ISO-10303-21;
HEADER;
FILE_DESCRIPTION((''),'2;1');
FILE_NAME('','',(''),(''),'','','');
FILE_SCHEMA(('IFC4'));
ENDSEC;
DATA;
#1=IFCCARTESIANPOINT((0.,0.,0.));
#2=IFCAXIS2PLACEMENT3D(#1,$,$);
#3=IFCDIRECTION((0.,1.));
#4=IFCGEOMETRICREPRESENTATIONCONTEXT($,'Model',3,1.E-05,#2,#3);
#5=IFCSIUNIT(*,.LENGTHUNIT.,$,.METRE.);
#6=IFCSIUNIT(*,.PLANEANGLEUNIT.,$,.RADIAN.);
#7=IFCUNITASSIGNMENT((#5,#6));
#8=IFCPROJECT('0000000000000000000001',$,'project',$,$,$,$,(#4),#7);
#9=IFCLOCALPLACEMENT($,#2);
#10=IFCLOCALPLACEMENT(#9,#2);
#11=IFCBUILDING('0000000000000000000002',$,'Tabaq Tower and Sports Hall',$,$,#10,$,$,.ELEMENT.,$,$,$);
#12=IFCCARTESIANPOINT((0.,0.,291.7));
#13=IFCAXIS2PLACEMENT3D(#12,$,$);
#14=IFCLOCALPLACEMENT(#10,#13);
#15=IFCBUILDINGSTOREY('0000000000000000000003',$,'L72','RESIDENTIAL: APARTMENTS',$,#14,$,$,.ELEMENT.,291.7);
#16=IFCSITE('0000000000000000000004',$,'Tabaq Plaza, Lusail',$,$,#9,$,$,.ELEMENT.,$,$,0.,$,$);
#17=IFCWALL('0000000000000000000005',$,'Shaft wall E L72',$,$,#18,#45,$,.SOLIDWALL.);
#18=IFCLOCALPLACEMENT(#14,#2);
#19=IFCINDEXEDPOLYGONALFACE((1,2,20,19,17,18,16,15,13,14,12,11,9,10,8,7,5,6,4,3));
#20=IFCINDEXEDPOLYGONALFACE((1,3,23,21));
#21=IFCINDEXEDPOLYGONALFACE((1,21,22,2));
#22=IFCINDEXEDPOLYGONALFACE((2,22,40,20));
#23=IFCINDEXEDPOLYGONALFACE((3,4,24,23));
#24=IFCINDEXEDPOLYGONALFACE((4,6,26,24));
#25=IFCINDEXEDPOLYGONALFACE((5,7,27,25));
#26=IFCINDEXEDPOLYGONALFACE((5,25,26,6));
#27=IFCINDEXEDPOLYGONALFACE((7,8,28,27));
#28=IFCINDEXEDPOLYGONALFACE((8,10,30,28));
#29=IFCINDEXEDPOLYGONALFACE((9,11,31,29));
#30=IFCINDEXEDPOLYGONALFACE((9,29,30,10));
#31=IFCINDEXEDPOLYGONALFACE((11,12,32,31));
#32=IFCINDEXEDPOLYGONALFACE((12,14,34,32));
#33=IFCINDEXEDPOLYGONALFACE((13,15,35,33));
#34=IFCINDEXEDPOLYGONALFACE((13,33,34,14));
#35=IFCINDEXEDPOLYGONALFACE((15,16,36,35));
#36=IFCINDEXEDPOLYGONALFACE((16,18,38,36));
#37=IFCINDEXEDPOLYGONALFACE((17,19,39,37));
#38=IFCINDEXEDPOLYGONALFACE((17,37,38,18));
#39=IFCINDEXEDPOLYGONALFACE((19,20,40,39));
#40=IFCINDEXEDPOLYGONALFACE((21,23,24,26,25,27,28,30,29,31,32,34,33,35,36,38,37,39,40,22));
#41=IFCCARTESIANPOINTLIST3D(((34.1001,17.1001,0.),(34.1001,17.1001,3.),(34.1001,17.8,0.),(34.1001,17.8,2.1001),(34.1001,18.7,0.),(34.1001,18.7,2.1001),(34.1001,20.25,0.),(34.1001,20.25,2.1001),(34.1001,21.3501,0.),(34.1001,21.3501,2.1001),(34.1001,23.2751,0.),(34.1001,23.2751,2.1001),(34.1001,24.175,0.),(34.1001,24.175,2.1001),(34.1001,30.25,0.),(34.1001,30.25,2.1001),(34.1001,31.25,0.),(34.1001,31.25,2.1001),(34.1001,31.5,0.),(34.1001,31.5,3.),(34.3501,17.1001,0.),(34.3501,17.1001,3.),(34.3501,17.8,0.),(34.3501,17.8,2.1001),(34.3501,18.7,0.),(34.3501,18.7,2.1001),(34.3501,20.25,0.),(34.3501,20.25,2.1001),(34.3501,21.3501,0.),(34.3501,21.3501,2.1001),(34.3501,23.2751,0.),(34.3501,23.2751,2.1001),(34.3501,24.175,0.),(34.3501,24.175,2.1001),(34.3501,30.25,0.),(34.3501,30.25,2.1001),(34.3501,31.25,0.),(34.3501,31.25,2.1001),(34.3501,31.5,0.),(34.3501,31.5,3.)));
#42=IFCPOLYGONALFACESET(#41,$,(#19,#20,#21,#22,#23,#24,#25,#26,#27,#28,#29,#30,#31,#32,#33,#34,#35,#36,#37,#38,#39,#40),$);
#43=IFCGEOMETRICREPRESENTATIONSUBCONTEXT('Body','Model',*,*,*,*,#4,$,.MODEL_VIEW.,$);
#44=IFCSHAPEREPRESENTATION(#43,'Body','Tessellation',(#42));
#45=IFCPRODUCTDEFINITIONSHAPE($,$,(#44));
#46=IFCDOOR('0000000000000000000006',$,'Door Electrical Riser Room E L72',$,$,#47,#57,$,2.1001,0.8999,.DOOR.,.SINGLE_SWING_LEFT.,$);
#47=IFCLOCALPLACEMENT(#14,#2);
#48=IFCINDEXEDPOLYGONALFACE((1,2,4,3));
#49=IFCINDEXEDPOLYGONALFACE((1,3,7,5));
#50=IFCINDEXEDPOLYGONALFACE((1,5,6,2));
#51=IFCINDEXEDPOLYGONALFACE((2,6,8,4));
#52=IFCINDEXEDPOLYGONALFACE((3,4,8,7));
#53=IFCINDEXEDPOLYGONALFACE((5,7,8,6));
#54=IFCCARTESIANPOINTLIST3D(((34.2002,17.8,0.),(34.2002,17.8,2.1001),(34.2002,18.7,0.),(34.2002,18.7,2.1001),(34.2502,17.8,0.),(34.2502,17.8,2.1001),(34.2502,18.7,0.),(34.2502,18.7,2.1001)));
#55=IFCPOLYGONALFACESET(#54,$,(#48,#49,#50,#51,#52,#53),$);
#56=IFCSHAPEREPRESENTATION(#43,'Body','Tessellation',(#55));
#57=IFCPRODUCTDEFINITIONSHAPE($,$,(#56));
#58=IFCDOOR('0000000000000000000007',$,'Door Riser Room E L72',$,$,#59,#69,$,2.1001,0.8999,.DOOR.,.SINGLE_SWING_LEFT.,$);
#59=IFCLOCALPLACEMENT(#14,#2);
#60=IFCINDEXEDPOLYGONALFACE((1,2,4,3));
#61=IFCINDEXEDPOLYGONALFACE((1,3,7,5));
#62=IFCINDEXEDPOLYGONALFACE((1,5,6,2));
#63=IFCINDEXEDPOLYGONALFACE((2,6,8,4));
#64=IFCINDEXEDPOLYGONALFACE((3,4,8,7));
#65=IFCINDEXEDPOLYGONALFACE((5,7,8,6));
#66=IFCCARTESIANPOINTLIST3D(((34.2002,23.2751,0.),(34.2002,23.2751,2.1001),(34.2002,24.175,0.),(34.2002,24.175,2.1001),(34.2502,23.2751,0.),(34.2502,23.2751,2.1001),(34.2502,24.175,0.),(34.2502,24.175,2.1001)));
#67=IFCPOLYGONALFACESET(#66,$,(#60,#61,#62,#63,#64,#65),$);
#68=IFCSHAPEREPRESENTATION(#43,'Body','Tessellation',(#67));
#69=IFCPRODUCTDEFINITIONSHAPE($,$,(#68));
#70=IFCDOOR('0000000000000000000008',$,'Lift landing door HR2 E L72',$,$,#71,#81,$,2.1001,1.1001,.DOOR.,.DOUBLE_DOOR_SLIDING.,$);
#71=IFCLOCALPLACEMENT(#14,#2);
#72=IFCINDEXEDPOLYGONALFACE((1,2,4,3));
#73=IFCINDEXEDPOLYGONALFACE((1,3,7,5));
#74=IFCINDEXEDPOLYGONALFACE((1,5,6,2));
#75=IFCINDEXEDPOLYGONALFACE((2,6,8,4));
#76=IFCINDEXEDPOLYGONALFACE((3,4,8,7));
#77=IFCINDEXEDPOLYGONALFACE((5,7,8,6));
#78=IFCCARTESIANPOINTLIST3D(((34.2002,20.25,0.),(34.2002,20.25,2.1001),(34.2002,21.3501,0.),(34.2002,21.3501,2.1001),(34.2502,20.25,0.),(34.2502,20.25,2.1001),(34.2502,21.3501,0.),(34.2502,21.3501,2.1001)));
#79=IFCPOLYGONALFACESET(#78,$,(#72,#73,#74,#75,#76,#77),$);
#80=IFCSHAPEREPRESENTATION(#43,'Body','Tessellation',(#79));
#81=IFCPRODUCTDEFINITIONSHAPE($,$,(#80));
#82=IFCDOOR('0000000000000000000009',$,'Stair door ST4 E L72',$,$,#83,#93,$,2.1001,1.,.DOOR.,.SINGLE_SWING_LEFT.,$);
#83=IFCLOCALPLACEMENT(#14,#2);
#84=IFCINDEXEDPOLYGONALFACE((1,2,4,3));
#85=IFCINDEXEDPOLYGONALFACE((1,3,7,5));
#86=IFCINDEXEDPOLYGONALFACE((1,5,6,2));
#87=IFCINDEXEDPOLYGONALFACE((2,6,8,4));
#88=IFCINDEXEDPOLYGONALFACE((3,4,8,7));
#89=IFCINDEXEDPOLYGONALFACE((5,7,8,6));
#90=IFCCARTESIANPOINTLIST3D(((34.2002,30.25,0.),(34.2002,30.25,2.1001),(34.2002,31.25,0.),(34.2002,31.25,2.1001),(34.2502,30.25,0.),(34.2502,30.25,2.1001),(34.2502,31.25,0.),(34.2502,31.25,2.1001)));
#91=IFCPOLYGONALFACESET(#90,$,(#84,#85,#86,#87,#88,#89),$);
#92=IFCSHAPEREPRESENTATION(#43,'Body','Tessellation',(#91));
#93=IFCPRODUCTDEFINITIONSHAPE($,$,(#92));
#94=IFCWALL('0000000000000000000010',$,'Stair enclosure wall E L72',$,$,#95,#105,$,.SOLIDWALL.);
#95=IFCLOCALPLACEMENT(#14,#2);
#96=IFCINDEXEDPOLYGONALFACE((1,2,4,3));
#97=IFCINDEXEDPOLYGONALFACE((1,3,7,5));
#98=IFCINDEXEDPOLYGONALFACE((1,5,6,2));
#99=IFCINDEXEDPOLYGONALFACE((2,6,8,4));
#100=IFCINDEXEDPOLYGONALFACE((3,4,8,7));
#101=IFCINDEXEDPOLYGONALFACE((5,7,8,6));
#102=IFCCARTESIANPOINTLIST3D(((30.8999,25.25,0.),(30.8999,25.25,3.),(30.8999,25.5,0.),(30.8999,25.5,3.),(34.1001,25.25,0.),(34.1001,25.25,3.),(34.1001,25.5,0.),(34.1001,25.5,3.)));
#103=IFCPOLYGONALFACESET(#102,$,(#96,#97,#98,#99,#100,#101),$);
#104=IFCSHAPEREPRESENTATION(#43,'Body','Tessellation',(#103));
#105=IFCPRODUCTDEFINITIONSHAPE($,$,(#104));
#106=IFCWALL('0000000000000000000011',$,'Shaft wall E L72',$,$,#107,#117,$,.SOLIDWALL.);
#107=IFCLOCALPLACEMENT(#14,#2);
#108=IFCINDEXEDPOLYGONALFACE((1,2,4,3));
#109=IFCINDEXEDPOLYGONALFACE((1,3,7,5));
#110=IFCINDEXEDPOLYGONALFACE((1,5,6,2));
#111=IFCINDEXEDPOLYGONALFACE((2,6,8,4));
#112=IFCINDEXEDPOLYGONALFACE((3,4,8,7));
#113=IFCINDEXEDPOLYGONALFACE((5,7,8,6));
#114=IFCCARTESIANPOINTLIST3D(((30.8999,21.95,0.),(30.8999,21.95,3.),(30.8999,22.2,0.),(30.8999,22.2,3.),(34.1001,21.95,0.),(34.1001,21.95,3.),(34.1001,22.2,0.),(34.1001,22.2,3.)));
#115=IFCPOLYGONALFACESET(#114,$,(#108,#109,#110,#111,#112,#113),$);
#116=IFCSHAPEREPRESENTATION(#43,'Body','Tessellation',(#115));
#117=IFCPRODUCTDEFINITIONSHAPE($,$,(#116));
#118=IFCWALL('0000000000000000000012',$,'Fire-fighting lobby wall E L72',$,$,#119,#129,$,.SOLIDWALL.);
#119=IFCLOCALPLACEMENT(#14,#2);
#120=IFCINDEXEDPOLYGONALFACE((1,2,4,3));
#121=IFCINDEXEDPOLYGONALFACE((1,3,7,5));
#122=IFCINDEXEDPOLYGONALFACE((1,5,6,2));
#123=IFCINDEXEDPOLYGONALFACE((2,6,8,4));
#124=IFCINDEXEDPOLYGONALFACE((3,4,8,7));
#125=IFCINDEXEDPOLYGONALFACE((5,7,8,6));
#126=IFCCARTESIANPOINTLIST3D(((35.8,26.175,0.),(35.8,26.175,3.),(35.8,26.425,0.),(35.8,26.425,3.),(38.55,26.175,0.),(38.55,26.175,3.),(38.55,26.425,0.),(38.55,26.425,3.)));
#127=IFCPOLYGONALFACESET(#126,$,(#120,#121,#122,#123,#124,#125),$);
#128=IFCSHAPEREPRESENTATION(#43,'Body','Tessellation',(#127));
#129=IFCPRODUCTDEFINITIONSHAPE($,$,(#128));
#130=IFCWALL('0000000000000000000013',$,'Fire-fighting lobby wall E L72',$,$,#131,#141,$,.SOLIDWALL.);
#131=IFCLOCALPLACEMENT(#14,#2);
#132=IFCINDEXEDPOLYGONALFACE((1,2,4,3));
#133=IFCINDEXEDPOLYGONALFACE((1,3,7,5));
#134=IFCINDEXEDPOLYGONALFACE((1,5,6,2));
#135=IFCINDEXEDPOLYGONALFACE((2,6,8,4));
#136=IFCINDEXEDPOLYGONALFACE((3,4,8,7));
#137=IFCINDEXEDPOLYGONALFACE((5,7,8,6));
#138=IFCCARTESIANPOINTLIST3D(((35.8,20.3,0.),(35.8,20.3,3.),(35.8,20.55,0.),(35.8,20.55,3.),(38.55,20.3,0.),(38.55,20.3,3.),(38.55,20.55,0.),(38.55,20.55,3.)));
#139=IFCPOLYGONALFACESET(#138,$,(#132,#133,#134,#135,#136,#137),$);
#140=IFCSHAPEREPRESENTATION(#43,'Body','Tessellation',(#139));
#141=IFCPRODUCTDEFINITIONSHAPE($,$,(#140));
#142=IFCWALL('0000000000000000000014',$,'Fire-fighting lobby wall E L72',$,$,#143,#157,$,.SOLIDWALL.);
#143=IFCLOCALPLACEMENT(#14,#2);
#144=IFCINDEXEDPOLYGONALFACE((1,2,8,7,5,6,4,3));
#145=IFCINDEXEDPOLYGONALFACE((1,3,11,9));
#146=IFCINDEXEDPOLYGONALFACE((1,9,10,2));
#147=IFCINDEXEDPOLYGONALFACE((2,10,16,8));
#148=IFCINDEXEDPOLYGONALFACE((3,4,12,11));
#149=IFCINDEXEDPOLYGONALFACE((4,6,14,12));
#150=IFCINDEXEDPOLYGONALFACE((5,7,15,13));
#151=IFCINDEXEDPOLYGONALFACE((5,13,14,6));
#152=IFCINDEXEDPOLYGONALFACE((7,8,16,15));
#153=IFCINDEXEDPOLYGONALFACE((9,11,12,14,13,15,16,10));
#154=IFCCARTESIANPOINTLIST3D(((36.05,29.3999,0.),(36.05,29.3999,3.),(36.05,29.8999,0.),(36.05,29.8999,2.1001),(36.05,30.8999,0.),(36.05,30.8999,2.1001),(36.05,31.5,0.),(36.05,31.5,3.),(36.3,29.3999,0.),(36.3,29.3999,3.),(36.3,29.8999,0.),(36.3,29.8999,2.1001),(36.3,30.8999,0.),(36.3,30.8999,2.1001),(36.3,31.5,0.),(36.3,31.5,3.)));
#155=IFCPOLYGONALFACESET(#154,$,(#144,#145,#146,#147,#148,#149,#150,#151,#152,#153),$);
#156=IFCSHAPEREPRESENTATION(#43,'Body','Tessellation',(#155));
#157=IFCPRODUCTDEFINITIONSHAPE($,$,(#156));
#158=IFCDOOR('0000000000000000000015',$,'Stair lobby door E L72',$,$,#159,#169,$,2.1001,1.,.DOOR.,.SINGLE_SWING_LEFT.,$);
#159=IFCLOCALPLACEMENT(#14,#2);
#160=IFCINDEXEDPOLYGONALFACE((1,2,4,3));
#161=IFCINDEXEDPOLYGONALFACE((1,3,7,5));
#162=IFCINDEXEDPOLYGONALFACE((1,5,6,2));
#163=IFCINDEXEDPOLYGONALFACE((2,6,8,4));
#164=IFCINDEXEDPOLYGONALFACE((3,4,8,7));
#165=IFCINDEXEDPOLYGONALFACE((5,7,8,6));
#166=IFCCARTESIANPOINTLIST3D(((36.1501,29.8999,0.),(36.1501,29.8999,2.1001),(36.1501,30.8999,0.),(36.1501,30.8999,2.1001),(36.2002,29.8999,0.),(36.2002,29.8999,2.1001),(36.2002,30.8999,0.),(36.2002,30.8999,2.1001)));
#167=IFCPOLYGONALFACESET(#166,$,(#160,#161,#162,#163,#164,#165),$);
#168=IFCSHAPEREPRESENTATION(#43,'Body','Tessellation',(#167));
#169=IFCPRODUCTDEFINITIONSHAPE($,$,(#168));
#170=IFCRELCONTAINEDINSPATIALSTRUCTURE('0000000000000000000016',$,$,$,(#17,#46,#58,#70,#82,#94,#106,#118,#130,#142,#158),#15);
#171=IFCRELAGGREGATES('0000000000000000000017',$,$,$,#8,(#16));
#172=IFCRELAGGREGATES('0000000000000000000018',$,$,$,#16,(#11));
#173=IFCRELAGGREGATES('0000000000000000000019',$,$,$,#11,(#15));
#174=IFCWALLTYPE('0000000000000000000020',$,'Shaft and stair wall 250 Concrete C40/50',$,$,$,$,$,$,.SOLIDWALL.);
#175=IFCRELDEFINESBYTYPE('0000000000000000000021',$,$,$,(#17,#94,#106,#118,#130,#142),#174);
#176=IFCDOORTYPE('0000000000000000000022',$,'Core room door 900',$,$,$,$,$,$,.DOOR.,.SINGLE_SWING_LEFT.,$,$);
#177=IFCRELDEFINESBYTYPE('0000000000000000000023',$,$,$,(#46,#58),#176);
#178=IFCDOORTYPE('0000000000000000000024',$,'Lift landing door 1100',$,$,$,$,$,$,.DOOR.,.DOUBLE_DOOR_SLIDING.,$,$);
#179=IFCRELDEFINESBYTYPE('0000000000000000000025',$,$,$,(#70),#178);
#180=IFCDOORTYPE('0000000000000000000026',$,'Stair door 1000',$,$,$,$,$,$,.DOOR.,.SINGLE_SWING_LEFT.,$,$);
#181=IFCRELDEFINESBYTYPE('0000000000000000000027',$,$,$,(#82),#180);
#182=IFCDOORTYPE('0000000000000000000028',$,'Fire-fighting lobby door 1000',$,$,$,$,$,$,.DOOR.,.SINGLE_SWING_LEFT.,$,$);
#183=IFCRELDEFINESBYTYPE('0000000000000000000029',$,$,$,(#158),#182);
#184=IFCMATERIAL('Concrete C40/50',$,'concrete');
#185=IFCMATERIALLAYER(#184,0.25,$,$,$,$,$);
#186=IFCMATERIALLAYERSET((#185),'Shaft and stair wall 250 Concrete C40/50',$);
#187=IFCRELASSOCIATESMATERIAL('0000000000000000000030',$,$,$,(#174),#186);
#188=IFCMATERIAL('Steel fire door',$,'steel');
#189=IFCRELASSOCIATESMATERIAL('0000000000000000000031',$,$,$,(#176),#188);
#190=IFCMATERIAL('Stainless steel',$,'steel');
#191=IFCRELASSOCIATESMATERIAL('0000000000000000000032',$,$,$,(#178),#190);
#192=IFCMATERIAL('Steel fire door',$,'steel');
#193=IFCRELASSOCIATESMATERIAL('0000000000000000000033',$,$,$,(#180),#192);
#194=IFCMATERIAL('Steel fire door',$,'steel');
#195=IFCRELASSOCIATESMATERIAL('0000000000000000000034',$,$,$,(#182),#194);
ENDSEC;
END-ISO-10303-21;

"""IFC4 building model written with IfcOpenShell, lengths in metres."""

from ifc_helpers import new_model, si_unit, direction, frame, frame_2d, origin, place, context, subcontext, project, spatial, rectangle, extrude, material, layer, layer_set, type_object, element, fill, save


model = new_model("IFC4")

# Units and contexts
model_context = context("Model", 3, precision=1e-05, world=origin(), true_north=direction((0.0, 1.0)))
body_context = subcontext(model_context, "Body", "Model", "MODEL_VIEW")
ifc_project = project(units=[si_unit("LENGTHUNIT", "METRE"), si_unit("PLANEANGLEUNIT", "RADIAN")], contexts=[model_context])

# Site, building, storey
site_placement = place(None, origin())
site = spatial("IfcSite", under=ifc_project, at=site_placement, Name="Tabaq Plaza, Lusail", CompositionType="ELEMENT", RefElevation=0.0)
building_placement = place(site_placement, origin())
building = spatial("IfcBuilding", under=site, at=building_placement, Name="Tabaq Tower and Sports Hall", CompositionType="ELEMENT")
storey_placement = place(building_placement, frame((0.0, 0.0, 291.7)))
storey = spatial("IfcBuildingStorey", under=building, at=storey_placement, Name="L72", Description="RESIDENTIAL: APARTMENTS", CompositionType="ELEMENT", Elevation=291.7)

# Wall, openings, doors
ifc_material_1 = material(Name="Concrete C40/50", Category="concrete")
ifc_layer_1 = layer(ifc_material_1, 0.25)
ifc_layer_set_1 = layer_set([ifc_layer_1], Name="Shaft and stair wall 250 Concrete C40/50")
wall_type_1 = type_object("IfcWallType", Name="Shaft and stair wall 250 Concrete C40/50", PredefinedType="SOLIDWALL", material=ifc_layer_set_1)
wall_1_placement = place(storey_placement, frame((34.2251, 17.1001, 0.0), z_axis=(0.0, 0.0, 1.0), x_axis=(0.0, 1.0, 0.0)))
wall_1 = element("IfcWall", 1, at=wall_1_placement, inside=storey, type_object=wall_type_1, Name="Shaft wall E L72", PredefinedType="SOLIDWALL", context=body_context, shape_type="SweptSolid", body=[
    extrude(rectangle(XDim=14.3999, YDim=0.25, at=frame_2d((7.2, 0.0))), origin(), (0.0, 0.0, 1.0), 3.0),
])
opening_1_placement = place(wall_1_placement, frame((13.1499, 0.0, 0.0)))
opening_1 = element("IfcOpeningElement", 2, at=opening_1_placement, cuts=wall_1, PredefinedType="OPENING", context=body_context, shape_type="SweptSolid", body=[
    extrude(rectangle(XDim=1.0, YDim=2.1001, at=frame_2d((0.5, 1.05))), frame((0.0, 0.125, 0.0), z_axis=(0.0, -1.0, 0.0), x_axis=(1.0, 0.0, 0.0)), (0.0, 0.0, 1.0), 0.25),
])
opening_2_placement = place(wall_1_placement, frame((3.1499, 0.0, 0.0)))
opening_2 = element("IfcOpeningElement", 3, at=opening_2_placement, cuts=wall_1, PredefinedType="OPENING", context=body_context, shape_type="SweptSolid", body=[
    extrude(rectangle(XDim=1.1001, YDim=2.1001, at=frame_2d((0.55, 1.05))), frame((0.0, 0.125, 0.0), z_axis=(0.0, -1.0, 0.0), x_axis=(1.0, 0.0, 0.0)), (0.0, 0.0, 1.0), 0.25),
])
opening_3_placement = place(wall_1_placement, frame((0.7, 0.0, 0.0)))
opening_3 = element("IfcOpeningElement", 4, at=opening_3_placement, cuts=wall_1, PredefinedType="OPENING", context=body_context, shape_type="SweptSolid", body=[
    extrude(rectangle(XDim=0.8999, YDim=2.1001, at=frame_2d((0.45, 1.05))), frame((0.0, 0.125, 0.0), z_axis=(0.0, -1.0, 0.0), x_axis=(1.0, 0.0, 0.0)), (0.0, 0.0, 1.0), 0.25),
])
opening_4_placement = place(wall_1_placement, frame((6.175, 0.0, 0.0)))
opening_4 = element("IfcOpeningElement", 5, at=opening_4_placement, cuts=wall_1, PredefinedType="OPENING", context=body_context, shape_type="SweptSolid", body=[
    extrude(rectangle(XDim=0.8999, YDim=2.1001, at=frame_2d((0.45, 1.05))), frame((0.0, 0.125, 0.0), z_axis=(0.0, -1.0, 0.0), x_axis=(1.0, 0.0, 0.0)), (0.0, 0.0, 1.0), 0.25),
])
ifc_material_2 = material(Name="Steel fire door", Category="steel")
door_type_1 = type_object("IfcDoorType", Name="Core room door 900", OperationType="SINGLE_SWING_LEFT", PredefinedType="DOOR", material=ifc_material_2)
door_1_placement = place(opening_3_placement, origin())
door_1 = element("IfcDoor", 6, at=door_1_placement, inside=storey, type_object=door_type_1, Name="Door Electrical Riser Room E L72", OperationType="SINGLE_SWING_LEFT", OverallHeight=2.1001, OverallWidth=0.8999, PredefinedType="DOOR", context=body_context, shape_type="SweptSolid", body=[
    extrude(rectangle(XDim=0.8999, YDim=2.1001, at=frame_2d((0.45, 1.05))), frame((0.0, 0.0249, 0.0), z_axis=(0.0, -1.0, 0.0), x_axis=(1.0, 0.0, 0.0)), (0.0, 0.0, 1.0), 0.05),
])
fill(opening_3, door_1)
door_2_placement = place(opening_4_placement, origin())
door_2 = element("IfcDoor", 7, at=door_2_placement, inside=storey, type_object=door_type_1, Name="Door Riser Room E L72", OperationType="SINGLE_SWING_LEFT", OverallHeight=2.1001, OverallWidth=0.8999, PredefinedType="DOOR", context=body_context, shape_type="SweptSolid", body=[
    extrude(rectangle(XDim=0.8999, YDim=2.1001, at=frame_2d((0.45, 1.05))), frame((0.0, 0.0249, 0.0), z_axis=(0.0, -1.0, 0.0), x_axis=(1.0, 0.0, 0.0)), (0.0, 0.0, 1.0), 0.05),
])
fill(opening_4, door_2)
ifc_material_3 = material(Name="Stainless steel", Category="steel")
door_type_2 = type_object("IfcDoorType", Name="Lift landing door 1100", OperationType="DOUBLE_DOOR_SLIDING", PredefinedType="DOOR", material=ifc_material_3)
door_3_placement = place(opening_2_placement, origin())
door_3 = element("IfcDoor", 8, at=door_3_placement, inside=storey, type_object=door_type_2, Name="Lift landing door HR2 E L72", OperationType="DOUBLE_DOOR_SLIDING", OverallHeight=2.1001, OverallWidth=1.1001, PredefinedType="DOOR", context=body_context, shape_type="SweptSolid", body=[
    extrude(rectangle(XDim=1.1001, YDim=2.1001, at=frame_2d((0.55, 1.05))), frame((0.0, 0.0249, 0.0), z_axis=(0.0, -1.0, 0.0), x_axis=(1.0, 0.0, 0.0)), (0.0, 0.0, 1.0), 0.05),
])
fill(opening_2, door_3)
ifc_material_4 = material(Name="Steel fire door", Category="steel")
door_type_3 = type_object("IfcDoorType", Name="Stair door 1000", OperationType="SINGLE_SWING_LEFT", PredefinedType="DOOR", material=ifc_material_4)
door_4_placement = place(opening_1_placement, origin())
door_4 = element("IfcDoor", 9, at=door_4_placement, inside=storey, type_object=door_type_3, Name="Stair door ST4 E L72", OperationType="SINGLE_SWING_LEFT", OverallHeight=2.1001, OverallWidth=1.0, PredefinedType="DOOR", context=body_context, shape_type="SweptSolid", body=[
    extrude(rectangle(XDim=1.0, YDim=2.1001, at=frame_2d((0.5, 1.05))), frame((0.0, 0.0249, 0.0), z_axis=(0.0, -1.0, 0.0), x_axis=(1.0, 0.0, 0.0)), (0.0, 0.0, 1.0), 0.05),
])
fill(opening_1, door_4)

# Walls
for number, where, z_axis, x_axis, name in (
    (10, (30.8999, 25.375, 0.0), (0.0, 0.0, 1.0), (1.0, 0.0, 0.0), "Stair enclosure wall E L72"),
    (11, (30.8999, 22.075, 0.0), (0.0, 0.0, 1.0), (1.0, 0.0, 0.0), "Shaft wall E L72"),
):
    element("IfcWall", number, at=place(storey_placement, frame(where, z_axis=z_axis, x_axis=x_axis)), inside=storey, type_object=wall_type_1, Name=name, PredefinedType="SOLIDWALL", context=body_context, shape_type="SweptSolid", body=[
        extrude(rectangle(XDim=3.2002, YDim=0.25, at=frame_2d((1.6001, 0.0))), origin(), (0.0, 0.0, 1.0), 3.0),
    ])
for number, where, z_axis, x_axis, name in (
    (12, (35.8, 26.3, 0.0), (0.0, 0.0, 1.0), (1.0, 0.0, 0.0), "Fire-fighting lobby wall E L72"),
    (13, (35.8, 20.425, 0.0), (0.0, 0.0, 1.0), (1.0, 0.0, 0.0), "Fire-fighting lobby wall E L72"),
):
    element("IfcWall", number, at=place(storey_placement, frame(where, z_axis=z_axis, x_axis=x_axis)), inside=storey, type_object=wall_type_1, Name=name, PredefinedType="SOLIDWALL", context=body_context, shape_type="SweptSolid", body=[
        extrude(rectangle(XDim=2.75, YDim=0.25, at=frame_2d((1.375, 0.0))), origin(), (0.0, 0.0, 1.0), 3.0),
    ])

# Wall, opening, door
wall_2_placement = place(storey_placement, frame((36.175, 29.3999, 0.0), z_axis=(0.0, 0.0, 1.0), x_axis=(0.0, 1.0, 0.0)))
wall_2 = element("IfcWall", 14, at=wall_2_placement, inside=storey, type_object=wall_type_1, Name="Fire-fighting lobby wall E L72", PredefinedType="SOLIDWALL", context=body_context, shape_type="SweptSolid", body=[
    extrude(rectangle(XDim=2.1001, YDim=0.25, at=frame_2d((1.05, 0.0))), origin(), (0.0, 0.0, 1.0), 3.0),
])
opening_5_placement = place(wall_2_placement, frame((0.5, 0.0, 0.0)))
opening_5 = element("IfcOpeningElement", 15, at=opening_5_placement, cuts=wall_2, PredefinedType="OPENING", context=body_context, shape_type="SweptSolid", body=[
    extrude(rectangle(XDim=1.0, YDim=2.1001, at=frame_2d((0.5, 1.05))), frame((0.0, 0.125, 0.0), z_axis=(0.0, -1.0, 0.0), x_axis=(1.0, 0.0, 0.0)), (0.0, 0.0, 1.0), 0.25),
])
ifc_material_5 = material(Name="Steel fire door", Category="steel")
door_type_4 = type_object("IfcDoorType", Name="Fire-fighting lobby door 1000", OperationType="SINGLE_SWING_LEFT", PredefinedType="DOOR", material=ifc_material_5)
door_5_placement = place(opening_5_placement, origin())
door_5 = element("IfcDoor", 16, at=door_5_placement, inside=storey, type_object=door_type_4, Name="Stair lobby door E L72", OperationType="SINGLE_SWING_LEFT", OverallHeight=2.1001, OverallWidth=1.0, PredefinedType="DOOR", context=body_context, shape_type="SweptSolid", body=[
    extrude(rectangle(XDim=1.0, YDim=2.1001, at=frame_2d((0.5, 1.05))), frame((0.0, 0.0249, 0.0), z_axis=(0.0, -1.0, 0.0), x_axis=(1.0, 0.0, 0.0)), (0.0, 0.0, 1.0), 0.05),
])
fill(opening_5, door_5)

save(model, "model.ifc")
